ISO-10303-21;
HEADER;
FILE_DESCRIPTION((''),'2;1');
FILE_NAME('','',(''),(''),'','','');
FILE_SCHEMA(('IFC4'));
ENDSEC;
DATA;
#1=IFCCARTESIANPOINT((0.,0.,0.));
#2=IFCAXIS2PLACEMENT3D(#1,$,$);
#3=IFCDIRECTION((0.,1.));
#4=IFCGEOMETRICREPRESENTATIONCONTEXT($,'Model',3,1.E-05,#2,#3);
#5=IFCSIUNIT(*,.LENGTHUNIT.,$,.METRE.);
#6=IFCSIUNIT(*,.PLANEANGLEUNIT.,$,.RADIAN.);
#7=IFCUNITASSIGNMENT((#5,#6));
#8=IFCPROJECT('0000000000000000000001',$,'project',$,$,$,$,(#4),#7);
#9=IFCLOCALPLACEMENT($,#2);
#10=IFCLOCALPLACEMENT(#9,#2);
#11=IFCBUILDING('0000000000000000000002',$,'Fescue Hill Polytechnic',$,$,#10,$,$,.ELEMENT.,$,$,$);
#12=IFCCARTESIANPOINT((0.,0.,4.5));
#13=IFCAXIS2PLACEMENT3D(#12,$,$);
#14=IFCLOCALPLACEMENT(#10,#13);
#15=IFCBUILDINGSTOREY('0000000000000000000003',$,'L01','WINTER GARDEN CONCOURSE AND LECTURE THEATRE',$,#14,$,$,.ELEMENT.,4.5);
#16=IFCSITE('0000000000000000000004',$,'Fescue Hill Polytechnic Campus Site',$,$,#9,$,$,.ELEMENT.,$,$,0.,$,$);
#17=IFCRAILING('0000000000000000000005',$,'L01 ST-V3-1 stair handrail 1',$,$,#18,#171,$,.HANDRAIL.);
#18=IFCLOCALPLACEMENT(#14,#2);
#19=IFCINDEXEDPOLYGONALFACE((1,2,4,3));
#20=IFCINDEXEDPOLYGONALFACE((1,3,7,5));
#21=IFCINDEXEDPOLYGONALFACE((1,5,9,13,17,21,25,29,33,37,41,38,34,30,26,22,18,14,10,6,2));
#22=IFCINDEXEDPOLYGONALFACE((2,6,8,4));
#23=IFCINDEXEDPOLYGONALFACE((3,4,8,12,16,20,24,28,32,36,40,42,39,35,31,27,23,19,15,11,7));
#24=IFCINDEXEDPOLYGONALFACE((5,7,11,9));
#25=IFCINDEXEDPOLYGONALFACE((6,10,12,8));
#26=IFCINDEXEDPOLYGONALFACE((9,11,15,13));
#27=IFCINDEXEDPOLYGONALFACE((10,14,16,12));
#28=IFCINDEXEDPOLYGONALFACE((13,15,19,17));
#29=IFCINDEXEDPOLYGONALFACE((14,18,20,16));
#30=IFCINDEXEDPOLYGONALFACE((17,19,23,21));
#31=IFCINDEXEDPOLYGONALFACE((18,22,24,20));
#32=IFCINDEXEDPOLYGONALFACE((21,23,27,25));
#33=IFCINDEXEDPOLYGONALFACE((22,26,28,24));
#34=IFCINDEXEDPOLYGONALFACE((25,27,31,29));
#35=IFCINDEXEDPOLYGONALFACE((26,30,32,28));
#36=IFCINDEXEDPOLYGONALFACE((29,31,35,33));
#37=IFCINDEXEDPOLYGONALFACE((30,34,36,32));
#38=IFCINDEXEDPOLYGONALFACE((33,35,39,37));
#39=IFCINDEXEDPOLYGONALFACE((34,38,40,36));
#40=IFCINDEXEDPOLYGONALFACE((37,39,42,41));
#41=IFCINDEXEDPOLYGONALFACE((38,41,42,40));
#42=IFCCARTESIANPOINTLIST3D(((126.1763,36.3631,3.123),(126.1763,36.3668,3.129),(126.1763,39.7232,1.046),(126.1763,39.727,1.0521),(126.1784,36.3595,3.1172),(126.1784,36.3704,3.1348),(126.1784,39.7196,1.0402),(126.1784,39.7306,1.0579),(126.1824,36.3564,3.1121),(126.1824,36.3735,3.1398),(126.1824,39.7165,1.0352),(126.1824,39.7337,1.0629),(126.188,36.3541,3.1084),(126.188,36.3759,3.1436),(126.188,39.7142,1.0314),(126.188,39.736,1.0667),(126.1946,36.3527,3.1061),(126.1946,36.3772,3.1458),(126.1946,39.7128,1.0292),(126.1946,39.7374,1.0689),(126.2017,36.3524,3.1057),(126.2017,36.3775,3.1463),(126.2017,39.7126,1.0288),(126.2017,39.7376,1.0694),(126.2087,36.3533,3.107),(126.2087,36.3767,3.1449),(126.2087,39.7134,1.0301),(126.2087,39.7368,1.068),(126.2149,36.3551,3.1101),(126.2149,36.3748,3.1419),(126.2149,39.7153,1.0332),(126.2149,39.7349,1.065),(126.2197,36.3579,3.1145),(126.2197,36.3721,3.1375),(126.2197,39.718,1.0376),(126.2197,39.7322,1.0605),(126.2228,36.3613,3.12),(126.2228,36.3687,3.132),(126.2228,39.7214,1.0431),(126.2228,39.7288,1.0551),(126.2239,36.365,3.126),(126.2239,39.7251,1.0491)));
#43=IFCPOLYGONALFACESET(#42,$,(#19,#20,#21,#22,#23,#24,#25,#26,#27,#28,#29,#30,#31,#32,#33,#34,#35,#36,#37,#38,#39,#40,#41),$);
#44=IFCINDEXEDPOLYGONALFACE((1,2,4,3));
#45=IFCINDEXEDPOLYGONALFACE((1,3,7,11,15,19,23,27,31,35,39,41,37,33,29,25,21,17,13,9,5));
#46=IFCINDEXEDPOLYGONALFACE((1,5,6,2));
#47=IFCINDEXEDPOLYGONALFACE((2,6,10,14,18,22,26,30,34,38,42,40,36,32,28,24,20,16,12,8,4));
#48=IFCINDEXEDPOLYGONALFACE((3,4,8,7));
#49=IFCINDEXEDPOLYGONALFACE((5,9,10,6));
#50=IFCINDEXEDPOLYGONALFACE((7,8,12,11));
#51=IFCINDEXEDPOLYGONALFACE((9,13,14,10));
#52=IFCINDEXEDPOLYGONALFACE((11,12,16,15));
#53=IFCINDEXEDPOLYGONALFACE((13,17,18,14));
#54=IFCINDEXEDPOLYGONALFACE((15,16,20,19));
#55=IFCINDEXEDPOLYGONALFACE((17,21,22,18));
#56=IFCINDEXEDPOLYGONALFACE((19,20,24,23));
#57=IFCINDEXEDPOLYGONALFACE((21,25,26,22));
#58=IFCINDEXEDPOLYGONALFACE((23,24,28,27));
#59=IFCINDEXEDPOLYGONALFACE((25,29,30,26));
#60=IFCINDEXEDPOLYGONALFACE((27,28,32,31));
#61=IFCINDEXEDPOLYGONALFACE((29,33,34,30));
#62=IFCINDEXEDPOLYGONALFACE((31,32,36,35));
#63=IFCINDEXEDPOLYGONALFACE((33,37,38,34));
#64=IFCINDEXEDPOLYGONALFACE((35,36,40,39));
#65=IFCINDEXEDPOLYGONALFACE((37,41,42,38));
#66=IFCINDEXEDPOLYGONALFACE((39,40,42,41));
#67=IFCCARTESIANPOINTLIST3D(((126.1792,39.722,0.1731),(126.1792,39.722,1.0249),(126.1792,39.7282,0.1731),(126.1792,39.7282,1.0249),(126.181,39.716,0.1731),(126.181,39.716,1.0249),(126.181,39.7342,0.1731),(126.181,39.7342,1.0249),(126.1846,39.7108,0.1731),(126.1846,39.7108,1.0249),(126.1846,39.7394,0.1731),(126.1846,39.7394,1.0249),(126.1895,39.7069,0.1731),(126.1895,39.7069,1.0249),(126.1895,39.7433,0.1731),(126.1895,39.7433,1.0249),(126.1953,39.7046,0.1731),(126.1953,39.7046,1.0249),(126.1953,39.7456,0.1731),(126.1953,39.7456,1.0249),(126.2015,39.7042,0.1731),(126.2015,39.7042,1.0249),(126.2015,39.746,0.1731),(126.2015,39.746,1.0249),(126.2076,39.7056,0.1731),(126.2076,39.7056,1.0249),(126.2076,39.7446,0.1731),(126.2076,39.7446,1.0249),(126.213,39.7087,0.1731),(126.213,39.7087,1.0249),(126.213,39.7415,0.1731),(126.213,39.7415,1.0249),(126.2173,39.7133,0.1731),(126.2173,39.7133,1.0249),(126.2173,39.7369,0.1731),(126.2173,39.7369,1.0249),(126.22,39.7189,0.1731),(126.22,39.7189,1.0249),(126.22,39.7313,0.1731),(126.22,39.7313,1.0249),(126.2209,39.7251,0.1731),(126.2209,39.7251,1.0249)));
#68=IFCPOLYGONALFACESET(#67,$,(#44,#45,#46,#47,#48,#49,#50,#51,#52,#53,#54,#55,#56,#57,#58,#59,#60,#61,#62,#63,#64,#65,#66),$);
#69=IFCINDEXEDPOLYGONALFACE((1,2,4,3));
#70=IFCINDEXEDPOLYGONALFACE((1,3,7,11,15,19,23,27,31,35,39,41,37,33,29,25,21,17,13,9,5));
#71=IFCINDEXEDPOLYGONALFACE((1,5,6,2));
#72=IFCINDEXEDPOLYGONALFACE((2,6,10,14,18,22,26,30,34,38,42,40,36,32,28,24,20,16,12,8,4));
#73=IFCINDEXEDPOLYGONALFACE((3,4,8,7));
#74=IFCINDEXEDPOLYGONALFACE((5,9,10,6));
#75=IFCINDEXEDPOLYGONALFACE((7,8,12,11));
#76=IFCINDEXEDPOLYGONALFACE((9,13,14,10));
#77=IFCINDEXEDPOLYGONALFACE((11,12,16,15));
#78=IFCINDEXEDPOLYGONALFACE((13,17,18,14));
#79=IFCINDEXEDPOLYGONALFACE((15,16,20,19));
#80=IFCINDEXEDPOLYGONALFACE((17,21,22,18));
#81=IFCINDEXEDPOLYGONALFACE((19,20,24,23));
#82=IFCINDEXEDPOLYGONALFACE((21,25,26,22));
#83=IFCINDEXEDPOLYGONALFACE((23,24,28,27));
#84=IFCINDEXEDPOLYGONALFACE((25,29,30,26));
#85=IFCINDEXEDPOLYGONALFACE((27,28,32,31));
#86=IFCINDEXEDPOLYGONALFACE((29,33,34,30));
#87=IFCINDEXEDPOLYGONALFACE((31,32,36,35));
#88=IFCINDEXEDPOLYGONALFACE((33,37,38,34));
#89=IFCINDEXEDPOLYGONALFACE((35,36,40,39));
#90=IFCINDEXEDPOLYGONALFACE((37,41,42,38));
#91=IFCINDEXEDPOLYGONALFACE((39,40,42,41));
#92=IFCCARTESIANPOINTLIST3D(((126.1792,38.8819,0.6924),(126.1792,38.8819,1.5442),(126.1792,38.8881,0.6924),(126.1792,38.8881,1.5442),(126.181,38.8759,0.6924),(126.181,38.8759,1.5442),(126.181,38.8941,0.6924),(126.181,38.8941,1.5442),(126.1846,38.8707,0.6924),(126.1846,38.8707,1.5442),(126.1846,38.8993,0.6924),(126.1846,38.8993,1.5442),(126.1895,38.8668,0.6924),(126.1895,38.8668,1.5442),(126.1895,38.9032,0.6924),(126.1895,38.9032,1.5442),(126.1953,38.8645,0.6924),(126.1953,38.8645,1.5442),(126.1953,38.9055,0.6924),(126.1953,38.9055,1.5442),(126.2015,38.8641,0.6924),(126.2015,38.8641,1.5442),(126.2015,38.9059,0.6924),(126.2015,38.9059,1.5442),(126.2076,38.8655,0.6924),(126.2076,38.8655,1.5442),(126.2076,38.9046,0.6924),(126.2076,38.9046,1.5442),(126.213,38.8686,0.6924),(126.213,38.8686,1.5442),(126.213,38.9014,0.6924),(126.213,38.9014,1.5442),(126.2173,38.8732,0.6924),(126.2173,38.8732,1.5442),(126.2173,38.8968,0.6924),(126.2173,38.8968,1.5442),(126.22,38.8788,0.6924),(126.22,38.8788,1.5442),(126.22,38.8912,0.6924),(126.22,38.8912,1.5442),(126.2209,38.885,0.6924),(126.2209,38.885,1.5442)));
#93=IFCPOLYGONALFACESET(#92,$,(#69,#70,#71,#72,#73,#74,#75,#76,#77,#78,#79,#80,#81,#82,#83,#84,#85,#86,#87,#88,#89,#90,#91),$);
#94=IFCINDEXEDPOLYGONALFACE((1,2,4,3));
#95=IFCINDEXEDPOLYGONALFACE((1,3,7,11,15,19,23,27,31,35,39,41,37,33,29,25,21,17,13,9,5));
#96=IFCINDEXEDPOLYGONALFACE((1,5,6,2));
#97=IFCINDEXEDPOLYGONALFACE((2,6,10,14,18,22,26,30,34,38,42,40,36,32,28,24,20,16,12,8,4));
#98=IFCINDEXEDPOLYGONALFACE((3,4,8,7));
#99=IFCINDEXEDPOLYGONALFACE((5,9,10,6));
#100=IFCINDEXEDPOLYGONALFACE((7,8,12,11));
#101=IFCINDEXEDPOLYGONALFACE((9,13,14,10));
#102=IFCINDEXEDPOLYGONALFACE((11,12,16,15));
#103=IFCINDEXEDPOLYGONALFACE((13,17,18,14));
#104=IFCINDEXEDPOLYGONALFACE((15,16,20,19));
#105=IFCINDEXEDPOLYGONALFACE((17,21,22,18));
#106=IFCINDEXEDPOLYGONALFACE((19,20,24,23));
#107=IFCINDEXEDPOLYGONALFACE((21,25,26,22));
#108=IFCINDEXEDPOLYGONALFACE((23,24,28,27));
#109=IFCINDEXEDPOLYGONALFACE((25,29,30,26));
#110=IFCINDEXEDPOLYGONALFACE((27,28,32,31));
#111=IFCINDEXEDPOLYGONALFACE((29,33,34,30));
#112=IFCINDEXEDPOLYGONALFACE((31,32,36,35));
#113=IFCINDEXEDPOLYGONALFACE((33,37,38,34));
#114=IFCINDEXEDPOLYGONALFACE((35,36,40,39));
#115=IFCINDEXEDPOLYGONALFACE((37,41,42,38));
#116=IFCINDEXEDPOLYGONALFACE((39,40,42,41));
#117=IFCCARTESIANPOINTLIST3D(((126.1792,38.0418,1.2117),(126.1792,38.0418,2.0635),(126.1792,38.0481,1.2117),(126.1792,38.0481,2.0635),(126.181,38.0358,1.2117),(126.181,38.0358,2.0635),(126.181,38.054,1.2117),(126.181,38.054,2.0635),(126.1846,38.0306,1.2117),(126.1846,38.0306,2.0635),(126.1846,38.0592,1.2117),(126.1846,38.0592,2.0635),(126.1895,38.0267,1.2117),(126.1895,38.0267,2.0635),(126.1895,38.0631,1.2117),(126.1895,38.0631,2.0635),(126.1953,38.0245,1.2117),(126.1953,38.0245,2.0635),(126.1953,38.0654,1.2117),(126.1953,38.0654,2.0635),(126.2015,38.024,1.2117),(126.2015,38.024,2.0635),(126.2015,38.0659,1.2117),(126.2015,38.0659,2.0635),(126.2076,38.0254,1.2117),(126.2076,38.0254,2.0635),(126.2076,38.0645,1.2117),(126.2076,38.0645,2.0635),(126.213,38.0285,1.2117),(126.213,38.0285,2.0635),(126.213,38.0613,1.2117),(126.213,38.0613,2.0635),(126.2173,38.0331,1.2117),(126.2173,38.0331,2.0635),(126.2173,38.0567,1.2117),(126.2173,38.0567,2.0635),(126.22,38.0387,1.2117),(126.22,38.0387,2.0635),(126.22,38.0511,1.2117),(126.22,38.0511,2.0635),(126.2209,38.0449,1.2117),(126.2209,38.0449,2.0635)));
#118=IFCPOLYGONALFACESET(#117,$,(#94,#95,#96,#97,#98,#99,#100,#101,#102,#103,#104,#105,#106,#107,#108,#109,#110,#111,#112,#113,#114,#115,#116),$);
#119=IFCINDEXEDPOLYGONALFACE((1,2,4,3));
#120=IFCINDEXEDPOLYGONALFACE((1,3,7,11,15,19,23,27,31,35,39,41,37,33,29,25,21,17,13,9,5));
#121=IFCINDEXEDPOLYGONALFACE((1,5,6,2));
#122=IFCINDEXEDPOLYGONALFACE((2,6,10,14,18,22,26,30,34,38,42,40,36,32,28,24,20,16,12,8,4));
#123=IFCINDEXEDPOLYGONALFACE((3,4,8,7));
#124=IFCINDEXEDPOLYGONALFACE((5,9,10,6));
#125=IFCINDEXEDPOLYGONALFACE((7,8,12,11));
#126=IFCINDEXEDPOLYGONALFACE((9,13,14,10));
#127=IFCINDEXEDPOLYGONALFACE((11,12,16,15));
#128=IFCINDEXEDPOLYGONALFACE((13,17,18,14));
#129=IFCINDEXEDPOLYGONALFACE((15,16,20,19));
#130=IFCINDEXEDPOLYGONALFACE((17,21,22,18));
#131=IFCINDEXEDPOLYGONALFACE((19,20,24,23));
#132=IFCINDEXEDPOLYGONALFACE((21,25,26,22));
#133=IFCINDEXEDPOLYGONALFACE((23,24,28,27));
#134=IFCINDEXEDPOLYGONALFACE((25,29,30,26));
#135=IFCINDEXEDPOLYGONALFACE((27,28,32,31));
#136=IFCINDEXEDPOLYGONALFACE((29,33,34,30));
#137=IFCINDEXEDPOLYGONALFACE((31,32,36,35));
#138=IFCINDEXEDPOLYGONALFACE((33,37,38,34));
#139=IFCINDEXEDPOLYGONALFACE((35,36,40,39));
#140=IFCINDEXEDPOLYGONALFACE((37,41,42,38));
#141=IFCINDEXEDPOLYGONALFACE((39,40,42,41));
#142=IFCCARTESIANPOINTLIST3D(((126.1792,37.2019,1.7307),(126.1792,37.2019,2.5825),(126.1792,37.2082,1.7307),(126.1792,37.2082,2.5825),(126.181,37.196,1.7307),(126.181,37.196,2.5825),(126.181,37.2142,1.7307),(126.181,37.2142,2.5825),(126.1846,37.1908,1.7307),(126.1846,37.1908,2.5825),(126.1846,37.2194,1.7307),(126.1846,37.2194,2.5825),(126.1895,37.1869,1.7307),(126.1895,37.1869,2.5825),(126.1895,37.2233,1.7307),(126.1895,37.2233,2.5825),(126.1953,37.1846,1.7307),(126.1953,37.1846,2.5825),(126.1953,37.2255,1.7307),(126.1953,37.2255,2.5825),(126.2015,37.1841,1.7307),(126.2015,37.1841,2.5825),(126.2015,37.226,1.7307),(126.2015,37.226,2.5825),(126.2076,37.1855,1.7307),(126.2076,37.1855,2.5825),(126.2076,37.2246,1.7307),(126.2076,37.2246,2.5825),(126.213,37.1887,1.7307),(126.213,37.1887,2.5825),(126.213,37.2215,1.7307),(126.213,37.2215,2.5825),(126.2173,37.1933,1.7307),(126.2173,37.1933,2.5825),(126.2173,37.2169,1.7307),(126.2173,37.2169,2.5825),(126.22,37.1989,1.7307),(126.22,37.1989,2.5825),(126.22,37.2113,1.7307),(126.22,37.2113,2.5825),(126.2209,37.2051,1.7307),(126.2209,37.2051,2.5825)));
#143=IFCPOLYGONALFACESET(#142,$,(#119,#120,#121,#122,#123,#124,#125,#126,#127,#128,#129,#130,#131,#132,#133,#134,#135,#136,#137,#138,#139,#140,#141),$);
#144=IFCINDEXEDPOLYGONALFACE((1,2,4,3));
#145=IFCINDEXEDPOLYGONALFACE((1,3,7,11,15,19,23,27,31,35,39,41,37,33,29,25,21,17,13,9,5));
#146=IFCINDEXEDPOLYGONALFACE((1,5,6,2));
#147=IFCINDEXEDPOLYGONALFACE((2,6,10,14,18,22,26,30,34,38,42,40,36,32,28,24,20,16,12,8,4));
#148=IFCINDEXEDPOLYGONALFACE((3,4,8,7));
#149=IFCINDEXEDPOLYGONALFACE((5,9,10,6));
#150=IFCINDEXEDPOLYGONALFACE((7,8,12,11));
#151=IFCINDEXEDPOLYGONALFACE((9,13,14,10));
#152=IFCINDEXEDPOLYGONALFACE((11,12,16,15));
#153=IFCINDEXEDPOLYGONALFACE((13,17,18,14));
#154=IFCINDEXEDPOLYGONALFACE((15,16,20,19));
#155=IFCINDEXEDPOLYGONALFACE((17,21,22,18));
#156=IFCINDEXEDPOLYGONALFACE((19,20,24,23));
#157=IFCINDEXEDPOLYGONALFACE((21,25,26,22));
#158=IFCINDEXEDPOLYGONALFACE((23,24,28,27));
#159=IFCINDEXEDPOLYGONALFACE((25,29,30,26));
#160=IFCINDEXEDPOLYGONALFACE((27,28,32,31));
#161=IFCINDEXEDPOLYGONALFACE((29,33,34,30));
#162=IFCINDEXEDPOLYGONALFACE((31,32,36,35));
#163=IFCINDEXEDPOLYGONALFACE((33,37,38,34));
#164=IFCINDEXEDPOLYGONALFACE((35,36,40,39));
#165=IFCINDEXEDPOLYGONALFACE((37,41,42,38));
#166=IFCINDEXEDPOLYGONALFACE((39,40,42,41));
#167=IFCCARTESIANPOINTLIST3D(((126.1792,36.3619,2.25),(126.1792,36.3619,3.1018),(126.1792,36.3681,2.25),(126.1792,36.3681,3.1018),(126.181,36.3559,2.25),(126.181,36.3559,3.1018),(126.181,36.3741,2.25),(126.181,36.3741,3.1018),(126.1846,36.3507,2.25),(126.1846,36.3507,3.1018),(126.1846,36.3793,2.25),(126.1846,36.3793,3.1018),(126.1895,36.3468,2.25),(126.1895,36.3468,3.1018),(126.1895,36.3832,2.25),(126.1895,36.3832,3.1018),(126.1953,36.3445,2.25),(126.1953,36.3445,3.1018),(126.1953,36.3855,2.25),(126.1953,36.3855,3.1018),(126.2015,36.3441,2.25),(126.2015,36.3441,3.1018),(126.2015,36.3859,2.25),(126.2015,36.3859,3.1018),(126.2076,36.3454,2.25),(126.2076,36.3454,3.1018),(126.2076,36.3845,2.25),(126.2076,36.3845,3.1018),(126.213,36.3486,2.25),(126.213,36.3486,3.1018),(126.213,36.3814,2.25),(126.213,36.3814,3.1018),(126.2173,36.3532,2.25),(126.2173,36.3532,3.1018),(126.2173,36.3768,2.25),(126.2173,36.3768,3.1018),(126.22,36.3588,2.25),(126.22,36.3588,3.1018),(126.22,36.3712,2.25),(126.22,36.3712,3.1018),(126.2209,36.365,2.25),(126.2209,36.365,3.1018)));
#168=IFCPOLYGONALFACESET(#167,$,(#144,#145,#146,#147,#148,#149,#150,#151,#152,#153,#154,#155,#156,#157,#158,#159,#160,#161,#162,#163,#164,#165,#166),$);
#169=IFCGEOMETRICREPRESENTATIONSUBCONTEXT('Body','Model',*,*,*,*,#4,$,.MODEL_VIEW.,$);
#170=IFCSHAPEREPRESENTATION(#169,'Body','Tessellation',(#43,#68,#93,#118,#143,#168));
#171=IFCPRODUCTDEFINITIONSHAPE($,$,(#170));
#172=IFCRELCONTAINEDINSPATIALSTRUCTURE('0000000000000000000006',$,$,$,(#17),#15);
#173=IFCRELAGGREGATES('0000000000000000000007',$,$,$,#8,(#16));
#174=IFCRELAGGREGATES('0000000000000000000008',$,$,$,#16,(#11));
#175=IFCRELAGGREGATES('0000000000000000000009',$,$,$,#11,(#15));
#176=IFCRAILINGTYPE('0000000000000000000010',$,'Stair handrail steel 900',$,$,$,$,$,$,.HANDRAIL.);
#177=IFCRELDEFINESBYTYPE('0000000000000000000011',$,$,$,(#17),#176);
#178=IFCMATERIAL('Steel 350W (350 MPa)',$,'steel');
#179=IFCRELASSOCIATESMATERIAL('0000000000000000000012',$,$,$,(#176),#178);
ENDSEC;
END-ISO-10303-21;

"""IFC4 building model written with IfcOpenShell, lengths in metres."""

from ifc_helpers import new_model, si_unit, direction, frame, origin, origin_2d, place, context, subcontext, project, spatial, circle, extrude, material, type_object, element, save


model = new_model("IFC4")

# Units and contexts
model_context = context("Model", 3, precision=1e-05, world=origin(), true_north=direction((0.0, 1.0)))
body_context = subcontext(model_context, "Body", "Model", "MODEL_VIEW")
ifc_project = project(units=[si_unit("LENGTHUNIT", "METRE"), si_unit("PLANEANGLEUNIT", "RADIAN")], contexts=[model_context])

# Site, building, storey
site_placement = place(None, origin())
site = spatial("IfcSite", under=ifc_project, at=site_placement, Name="Fescue Hill Polytechnic Campus Site", CompositionType="ELEMENT", RefElevation=0.0)
building_placement = place(site_placement, origin())
building = spatial("IfcBuilding", under=site, at=building_placement, Name="Fescue Hill Polytechnic", CompositionType="ELEMENT")
storey_placement = place(building_placement, frame((0.0, 0.0, 4.5)))
storey = spatial("IfcBuildingStorey", under=building, at=storey_placement, Name="L01", Description="WINTER GARDEN CONCOURSE AND LECTURE THEATRE", CompositionType="ELEMENT", Elevation=4.5)

# Railing
ifc_material_1 = material(Name="Steel 350W (350 MPa)", Category="steel")
railing_type_1 = type_object("IfcRailingType", Name="Stair handrail steel 900", PredefinedType="HANDRAIL", material=ifc_material_1)
for number, where, name in (
    (1, (126.2, 39.7251, 0.1731), "L01 ST-V3-1 stair handrail 1"),
):
    element("IfcRailing", number, at=place(storey_placement, frame(where)), inside=storey, type_object=railing_type_1, Name=name, PredefinedType="HANDRAIL", context=body_context, shape_type="SweptSolid", body=[
        extrude(circle(Radius=0.0239, at=origin_2d()), frame((0.0, 0.0, 0.876), z_axis=(0.0, -0.850623, 0.525776), x_axis=(1.0, 0.0, 0.0)), (0.0, 0.0, 1.0), 3.9502),
        extrude(circle(Radius=0.021, at=origin_2d()), origin(), (0.0, 0.0, 1.0), 0.8518),
        extrude(circle(Radius=0.021, at=origin_2d()), frame((0.0, -0.8401, 0.5193)), (0.0, 0.0, 1.0), 0.8518),
        extrude(circle(Radius=0.021, at=origin_2d()), frame((0.0, -1.6802, 1.0386)), (0.0, 0.0, 1.0), 0.8518),
        extrude(circle(Radius=0.021, at=origin_2d()), frame((0.0, -2.52, 1.5576)), (0.0, 0.0, 1.0), 0.8518),
        extrude(circle(Radius=0.021, at=origin_2d()), frame((0.0, -3.3601, 2.0769)), (0.0, 0.0, 1.0), 0.8518),
    ])

save(model, "model.ifc")
